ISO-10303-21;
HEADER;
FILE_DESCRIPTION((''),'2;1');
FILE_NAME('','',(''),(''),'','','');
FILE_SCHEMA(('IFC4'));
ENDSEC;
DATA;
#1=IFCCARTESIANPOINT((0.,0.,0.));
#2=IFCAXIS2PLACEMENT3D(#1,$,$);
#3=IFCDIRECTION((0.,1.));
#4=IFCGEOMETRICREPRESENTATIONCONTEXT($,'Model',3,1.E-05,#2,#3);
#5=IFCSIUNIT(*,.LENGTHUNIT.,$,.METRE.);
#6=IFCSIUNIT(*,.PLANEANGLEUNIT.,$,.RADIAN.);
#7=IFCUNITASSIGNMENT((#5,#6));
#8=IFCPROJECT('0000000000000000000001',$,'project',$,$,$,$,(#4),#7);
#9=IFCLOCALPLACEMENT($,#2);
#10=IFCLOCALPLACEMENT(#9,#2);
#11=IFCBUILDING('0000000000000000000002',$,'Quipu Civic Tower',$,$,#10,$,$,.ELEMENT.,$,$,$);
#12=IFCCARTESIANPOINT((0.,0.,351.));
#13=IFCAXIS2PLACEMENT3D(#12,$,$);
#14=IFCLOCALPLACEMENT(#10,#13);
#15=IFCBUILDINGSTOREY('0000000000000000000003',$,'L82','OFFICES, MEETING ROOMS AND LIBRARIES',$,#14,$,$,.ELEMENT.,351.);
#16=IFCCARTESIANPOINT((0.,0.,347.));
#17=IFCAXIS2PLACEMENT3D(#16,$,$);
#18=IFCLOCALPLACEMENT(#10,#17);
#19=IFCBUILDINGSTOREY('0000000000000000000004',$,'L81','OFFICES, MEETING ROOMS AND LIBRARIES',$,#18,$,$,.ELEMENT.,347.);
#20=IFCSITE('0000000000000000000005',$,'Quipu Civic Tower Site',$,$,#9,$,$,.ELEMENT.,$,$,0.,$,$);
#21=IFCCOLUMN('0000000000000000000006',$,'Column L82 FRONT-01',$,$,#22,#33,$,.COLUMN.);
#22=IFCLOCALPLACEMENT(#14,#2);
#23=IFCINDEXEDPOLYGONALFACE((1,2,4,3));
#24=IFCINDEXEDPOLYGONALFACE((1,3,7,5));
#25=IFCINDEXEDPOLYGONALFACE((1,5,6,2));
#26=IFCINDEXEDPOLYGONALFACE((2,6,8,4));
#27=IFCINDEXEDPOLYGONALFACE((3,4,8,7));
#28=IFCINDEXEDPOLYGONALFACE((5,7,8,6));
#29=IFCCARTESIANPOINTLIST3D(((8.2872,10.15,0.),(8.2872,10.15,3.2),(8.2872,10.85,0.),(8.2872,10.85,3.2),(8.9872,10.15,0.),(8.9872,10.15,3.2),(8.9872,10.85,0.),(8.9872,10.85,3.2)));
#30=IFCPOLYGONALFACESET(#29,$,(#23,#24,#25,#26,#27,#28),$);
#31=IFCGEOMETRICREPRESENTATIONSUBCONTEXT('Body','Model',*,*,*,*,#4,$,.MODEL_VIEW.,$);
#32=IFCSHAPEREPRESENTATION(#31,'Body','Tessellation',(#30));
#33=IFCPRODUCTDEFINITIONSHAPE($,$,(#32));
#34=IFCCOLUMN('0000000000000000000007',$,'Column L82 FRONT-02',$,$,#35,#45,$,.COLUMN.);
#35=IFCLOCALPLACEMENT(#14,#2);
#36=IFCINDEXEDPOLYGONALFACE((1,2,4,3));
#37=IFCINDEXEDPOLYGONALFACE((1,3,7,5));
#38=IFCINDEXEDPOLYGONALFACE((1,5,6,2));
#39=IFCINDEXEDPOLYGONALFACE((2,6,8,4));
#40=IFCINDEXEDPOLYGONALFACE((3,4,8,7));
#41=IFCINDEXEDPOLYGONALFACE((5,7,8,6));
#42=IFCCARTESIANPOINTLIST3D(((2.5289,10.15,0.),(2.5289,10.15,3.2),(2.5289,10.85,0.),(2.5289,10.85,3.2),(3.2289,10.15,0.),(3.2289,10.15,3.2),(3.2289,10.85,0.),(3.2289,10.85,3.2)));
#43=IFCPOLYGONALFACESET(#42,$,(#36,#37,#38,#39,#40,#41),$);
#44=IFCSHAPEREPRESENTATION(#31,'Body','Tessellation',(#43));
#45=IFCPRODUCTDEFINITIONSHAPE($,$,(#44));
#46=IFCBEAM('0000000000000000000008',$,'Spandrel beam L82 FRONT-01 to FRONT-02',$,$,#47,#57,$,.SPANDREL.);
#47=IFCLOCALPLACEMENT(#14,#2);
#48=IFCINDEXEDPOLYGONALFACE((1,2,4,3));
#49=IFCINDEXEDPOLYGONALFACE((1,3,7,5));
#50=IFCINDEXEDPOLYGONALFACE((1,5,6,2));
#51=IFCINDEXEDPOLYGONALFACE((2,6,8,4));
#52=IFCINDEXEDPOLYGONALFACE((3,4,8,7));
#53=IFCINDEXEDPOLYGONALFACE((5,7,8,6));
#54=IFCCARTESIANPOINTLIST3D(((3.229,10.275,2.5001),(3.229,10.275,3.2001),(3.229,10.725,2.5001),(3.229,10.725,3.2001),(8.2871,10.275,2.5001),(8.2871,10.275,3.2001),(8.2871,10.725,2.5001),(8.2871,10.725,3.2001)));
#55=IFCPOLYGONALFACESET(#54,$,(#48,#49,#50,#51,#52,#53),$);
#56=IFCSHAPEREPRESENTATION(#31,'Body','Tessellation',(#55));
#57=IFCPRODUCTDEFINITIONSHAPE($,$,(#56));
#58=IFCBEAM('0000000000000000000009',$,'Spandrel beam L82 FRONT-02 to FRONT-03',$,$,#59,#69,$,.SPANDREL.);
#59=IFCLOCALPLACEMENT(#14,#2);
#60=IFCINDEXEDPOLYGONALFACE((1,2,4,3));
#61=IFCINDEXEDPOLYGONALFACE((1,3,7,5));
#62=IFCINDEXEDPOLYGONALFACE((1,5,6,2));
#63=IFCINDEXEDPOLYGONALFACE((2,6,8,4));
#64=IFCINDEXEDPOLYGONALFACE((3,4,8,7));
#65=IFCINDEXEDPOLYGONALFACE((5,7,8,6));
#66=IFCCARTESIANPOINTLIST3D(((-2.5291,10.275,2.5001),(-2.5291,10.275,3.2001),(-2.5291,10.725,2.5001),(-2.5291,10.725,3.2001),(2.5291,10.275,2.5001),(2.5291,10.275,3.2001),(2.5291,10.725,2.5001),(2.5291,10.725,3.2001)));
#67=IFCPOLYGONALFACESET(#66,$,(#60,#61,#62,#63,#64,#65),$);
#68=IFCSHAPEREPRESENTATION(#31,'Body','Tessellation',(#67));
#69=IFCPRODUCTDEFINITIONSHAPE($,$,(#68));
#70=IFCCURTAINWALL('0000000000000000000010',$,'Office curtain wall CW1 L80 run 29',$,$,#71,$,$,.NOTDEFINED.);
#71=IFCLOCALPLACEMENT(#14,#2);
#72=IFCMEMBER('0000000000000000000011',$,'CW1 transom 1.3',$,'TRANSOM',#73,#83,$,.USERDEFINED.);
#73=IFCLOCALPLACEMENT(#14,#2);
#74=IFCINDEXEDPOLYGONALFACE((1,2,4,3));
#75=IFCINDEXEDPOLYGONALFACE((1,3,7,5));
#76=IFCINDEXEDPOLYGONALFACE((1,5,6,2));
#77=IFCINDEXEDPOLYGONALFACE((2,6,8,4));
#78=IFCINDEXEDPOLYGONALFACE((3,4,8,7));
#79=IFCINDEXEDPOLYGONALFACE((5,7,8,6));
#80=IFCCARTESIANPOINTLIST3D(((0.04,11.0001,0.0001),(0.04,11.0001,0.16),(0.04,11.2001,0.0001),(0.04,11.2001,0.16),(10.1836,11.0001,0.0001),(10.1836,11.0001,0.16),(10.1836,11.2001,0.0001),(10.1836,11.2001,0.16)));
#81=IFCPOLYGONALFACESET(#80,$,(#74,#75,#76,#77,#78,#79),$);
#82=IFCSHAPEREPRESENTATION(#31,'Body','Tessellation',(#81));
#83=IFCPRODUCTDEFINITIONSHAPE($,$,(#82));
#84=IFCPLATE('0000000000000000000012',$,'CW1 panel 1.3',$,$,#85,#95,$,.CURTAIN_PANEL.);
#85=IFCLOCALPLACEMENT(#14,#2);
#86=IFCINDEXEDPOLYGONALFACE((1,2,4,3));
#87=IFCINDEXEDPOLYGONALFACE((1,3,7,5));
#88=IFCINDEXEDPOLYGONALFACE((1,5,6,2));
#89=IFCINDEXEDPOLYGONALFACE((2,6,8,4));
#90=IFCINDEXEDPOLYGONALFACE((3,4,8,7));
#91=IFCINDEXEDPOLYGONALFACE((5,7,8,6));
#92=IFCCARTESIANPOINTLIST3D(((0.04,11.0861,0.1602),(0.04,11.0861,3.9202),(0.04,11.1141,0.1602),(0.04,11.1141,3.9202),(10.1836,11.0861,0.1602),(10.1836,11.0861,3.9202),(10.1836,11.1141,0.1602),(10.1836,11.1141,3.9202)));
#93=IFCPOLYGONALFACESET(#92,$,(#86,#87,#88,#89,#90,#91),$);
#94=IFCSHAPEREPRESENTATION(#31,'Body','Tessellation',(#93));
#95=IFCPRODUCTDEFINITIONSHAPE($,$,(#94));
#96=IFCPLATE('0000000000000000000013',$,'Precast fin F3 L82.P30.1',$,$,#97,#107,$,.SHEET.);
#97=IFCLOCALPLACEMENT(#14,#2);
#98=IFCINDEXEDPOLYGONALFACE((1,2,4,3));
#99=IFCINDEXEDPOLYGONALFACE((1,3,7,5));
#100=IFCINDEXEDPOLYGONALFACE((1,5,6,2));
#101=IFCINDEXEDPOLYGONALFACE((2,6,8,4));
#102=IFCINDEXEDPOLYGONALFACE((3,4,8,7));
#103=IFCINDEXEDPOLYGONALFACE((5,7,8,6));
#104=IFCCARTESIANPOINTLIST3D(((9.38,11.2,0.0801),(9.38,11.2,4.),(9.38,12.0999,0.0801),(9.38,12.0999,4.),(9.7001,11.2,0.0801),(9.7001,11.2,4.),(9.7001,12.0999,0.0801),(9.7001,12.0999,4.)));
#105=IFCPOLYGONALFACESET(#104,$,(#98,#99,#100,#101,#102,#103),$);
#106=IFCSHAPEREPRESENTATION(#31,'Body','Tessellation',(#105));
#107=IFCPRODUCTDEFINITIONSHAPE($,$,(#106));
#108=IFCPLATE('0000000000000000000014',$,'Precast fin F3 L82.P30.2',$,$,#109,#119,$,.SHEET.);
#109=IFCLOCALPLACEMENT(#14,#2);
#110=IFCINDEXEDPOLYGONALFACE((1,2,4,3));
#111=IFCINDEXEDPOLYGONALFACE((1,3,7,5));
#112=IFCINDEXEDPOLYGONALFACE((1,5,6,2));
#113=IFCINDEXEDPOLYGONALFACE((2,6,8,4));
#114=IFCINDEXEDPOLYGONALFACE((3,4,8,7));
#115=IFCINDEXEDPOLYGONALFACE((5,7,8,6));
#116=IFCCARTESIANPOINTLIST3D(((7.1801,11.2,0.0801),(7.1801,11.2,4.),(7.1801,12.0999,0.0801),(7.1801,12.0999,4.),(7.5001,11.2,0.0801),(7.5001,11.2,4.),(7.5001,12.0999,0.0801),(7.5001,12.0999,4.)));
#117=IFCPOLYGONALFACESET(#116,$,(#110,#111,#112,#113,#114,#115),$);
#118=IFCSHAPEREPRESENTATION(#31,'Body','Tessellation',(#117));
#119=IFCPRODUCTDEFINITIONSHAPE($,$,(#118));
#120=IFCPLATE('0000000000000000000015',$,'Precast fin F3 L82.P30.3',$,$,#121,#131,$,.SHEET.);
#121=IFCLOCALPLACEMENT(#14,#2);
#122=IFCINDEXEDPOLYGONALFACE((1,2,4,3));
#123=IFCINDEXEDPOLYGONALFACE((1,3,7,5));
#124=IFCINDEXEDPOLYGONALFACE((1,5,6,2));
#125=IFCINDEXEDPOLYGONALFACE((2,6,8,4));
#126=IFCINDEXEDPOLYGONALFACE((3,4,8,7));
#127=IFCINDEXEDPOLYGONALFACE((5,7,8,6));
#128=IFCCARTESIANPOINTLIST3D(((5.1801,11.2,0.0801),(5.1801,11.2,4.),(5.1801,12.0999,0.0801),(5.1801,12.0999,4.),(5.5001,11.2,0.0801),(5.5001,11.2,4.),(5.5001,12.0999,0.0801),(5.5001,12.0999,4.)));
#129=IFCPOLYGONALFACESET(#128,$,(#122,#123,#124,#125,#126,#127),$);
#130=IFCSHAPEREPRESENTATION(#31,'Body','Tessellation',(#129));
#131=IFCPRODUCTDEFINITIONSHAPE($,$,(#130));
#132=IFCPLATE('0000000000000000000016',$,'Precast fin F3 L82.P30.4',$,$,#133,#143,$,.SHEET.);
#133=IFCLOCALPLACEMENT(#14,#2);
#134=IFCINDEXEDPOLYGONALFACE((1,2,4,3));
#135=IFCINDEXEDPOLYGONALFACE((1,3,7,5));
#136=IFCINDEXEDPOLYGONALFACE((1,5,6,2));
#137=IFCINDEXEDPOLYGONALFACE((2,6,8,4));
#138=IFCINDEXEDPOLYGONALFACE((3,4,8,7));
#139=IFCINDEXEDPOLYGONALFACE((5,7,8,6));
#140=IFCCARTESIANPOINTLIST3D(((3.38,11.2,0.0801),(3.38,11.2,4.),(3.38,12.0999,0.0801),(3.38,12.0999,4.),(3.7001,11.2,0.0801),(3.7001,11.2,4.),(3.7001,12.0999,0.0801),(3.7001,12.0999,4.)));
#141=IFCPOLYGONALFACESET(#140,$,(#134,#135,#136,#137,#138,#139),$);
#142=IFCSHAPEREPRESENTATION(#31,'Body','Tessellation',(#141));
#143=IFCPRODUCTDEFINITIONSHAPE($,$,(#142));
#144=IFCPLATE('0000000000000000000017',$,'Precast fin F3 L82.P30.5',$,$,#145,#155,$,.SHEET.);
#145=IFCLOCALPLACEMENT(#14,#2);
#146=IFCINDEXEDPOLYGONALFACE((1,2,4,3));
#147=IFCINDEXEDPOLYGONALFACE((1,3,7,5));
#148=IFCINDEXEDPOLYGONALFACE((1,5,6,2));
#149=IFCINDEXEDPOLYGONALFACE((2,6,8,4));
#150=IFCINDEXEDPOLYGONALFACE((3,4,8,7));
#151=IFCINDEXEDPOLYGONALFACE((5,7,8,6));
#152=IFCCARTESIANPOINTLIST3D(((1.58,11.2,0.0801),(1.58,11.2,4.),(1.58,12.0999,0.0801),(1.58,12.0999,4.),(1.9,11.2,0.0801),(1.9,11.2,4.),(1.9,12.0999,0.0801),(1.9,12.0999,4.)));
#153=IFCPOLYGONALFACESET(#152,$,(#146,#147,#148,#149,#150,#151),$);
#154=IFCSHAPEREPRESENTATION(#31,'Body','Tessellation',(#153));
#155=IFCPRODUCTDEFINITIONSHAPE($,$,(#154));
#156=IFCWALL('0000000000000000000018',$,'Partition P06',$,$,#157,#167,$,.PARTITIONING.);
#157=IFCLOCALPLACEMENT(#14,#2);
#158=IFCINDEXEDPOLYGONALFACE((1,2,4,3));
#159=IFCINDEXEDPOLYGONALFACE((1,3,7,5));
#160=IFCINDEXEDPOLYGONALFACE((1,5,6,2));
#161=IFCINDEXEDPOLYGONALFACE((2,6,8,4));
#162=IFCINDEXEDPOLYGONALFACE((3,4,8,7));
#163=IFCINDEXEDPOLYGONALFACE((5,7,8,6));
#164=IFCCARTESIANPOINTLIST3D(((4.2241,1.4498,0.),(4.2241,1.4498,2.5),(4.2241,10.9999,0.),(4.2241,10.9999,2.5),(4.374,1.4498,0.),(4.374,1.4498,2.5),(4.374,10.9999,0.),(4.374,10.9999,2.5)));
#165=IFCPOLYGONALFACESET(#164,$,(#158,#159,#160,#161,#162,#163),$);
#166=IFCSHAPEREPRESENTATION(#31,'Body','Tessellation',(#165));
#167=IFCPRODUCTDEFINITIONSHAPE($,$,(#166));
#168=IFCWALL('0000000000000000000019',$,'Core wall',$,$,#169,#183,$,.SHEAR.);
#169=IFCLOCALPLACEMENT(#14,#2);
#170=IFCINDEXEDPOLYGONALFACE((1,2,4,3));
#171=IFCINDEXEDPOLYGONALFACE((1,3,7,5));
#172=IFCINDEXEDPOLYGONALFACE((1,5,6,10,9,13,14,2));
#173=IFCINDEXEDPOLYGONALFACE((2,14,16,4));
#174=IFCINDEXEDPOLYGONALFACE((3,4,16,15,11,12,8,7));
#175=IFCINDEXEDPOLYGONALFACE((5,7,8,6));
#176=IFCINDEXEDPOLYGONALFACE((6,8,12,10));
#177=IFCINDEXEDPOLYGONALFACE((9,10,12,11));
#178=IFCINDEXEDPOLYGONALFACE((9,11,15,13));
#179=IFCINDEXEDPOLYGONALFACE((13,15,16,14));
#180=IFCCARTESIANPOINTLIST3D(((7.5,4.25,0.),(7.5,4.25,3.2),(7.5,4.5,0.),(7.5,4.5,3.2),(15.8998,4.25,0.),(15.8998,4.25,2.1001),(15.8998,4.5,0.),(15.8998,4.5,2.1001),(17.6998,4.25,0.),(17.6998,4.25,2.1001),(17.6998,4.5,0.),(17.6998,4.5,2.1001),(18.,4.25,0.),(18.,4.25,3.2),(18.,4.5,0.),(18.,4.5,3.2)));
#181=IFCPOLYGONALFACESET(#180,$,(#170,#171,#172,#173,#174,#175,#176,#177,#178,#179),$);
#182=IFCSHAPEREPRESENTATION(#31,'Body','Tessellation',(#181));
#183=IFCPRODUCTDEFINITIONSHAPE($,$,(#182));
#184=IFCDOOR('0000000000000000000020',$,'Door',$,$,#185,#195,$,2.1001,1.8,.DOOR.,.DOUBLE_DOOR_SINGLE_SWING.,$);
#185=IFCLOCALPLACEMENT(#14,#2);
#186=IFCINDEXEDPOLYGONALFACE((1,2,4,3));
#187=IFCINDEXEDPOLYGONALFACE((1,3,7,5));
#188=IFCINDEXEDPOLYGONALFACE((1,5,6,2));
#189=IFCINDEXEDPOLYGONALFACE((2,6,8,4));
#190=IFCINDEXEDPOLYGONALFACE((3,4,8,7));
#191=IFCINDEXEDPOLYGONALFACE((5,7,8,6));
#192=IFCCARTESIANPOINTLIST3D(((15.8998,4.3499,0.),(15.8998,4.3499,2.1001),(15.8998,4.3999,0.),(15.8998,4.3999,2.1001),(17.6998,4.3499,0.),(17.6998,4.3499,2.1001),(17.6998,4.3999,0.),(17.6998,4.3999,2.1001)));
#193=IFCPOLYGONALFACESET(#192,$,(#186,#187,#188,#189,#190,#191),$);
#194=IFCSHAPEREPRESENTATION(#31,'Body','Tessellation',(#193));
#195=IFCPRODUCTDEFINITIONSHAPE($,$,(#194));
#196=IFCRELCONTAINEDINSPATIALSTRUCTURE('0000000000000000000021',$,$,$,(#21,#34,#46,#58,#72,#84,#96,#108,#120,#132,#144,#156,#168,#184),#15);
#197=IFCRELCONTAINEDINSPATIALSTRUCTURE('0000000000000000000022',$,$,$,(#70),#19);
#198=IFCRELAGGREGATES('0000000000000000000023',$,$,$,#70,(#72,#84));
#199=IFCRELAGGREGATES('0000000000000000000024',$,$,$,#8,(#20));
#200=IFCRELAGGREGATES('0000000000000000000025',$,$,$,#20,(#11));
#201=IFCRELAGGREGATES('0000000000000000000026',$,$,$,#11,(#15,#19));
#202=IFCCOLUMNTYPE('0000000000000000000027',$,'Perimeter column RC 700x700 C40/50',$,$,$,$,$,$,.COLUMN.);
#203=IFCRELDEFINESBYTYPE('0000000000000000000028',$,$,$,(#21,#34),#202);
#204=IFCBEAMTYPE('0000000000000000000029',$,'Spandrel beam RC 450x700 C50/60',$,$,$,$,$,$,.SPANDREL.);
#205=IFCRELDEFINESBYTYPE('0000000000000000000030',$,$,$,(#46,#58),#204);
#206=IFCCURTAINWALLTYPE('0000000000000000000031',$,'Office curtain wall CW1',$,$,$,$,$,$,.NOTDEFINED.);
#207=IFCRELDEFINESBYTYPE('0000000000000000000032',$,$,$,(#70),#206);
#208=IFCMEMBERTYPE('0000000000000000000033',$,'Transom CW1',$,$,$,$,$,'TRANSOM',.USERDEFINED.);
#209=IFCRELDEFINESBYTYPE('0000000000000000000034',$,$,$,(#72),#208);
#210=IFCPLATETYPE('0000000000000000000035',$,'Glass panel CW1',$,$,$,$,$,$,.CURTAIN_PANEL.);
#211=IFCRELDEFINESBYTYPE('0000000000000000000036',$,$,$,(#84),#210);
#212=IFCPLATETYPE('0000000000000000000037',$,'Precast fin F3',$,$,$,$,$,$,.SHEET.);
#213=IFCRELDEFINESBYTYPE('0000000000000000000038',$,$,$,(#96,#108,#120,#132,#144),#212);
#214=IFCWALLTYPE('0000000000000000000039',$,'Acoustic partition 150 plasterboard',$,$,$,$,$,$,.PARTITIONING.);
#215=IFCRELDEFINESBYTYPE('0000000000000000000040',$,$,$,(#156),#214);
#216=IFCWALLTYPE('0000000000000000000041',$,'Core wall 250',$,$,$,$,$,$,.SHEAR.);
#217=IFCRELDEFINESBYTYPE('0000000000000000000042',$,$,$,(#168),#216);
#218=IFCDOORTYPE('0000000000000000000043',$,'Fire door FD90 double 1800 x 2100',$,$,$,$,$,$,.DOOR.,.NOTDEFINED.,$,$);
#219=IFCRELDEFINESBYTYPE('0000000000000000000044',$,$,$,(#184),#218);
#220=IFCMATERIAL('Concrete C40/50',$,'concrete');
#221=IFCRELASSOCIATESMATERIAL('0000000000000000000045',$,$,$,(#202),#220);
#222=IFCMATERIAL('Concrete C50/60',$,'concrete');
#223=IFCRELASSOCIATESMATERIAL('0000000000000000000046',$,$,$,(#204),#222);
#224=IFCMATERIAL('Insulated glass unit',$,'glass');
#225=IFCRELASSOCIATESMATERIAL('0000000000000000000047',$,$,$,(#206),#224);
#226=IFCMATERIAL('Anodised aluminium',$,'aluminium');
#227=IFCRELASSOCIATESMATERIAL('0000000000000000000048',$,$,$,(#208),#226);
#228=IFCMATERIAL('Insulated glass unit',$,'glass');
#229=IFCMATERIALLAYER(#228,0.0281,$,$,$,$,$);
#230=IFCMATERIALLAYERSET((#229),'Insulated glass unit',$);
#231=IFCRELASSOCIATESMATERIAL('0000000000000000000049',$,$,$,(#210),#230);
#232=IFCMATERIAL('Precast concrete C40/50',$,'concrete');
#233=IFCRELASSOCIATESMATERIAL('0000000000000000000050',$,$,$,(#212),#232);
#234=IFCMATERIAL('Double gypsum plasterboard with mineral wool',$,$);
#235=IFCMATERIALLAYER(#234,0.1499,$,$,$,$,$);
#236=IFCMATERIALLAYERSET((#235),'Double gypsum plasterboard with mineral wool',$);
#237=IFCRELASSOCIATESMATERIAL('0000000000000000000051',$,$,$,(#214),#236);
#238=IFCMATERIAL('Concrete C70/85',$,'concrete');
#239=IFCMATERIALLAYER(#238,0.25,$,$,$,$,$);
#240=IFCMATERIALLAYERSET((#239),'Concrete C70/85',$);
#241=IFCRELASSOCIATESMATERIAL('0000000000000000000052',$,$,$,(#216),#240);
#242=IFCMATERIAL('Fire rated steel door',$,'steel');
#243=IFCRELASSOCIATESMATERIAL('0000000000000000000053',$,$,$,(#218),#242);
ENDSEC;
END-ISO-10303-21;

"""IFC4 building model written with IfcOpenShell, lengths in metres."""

from ifc_helpers import new_model, si_unit, direction, frame, frame_2d, origin, origin_2d, place, context, subcontext, project, spatial, rectangle, extrude, material, layer, layer_set, material_profile, profile_set, type_object, element, fill, aggregate, save


model = new_model("IFC4")

# Units and contexts
model_context = context("Model", 3, precision=1e-05, world=origin(), true_north=direction((0.0, 1.0)))
body_context = subcontext(model_context, "Body", "Model", "MODEL_VIEW")
ifc_project = project(units=[si_unit("LENGTHUNIT", "METRE"), si_unit("PLANEANGLEUNIT", "RADIAN")], contexts=[model_context])

# Site, building, storey
site_placement = place(None, origin())
site = spatial("IfcSite", under=ifc_project, at=site_placement, Name="Quipu Civic Tower Site", CompositionType="ELEMENT", RefElevation=0.0)
building_placement = place(site_placement, origin())
building = spatial("IfcBuilding", under=site, at=building_placement, Name="Quipu Civic Tower", CompositionType="ELEMENT")
storey_1_placement = place(building_placement, frame((0.0, 0.0, 351.0)))
storey_1 = spatial("IfcBuildingStorey", under=building, at=storey_1_placement, Name="L82", Description="OFFICES, MEETING ROOMS AND LIBRARIES", CompositionType="ELEMENT", Elevation=351.0)

# Columns
ifc_material_1 = material(Name="Concrete C40/50", Category="concrete")
ifc_material_profile_1 = material_profile(ifc_material_1, rectangle(XDim=0.7, YDim=0.7, at=origin_2d()), Name="RC700x700")
ifc_profile_set_1 = profile_set([ifc_material_profile_1], Name="Concrete C40/50")
column_type = type_object("IfcColumnType", Name="Perimeter column RC 700x700 C40/50", PredefinedType="COLUMN", material=ifc_profile_set_1)
for number, where, z_axis, x_axis, name in (
    (1, (8.6372, 10.5, 0.0), (0.0, 0.0, 1.0), (-1.0, 0.0, 0.0), "Column L82 FRONT-01"),
    (2, (2.8789, 10.5, 0.0), (0.0, 0.0, 1.0), (-1.0, 0.0, 0.0), "Column L82 FRONT-02"),
):
    element("IfcColumn", number, at=place(storey_1_placement, frame(where, z_axis=z_axis, x_axis=x_axis)), inside=storey_1, type_object=column_type, Name=name, PredefinedType="COLUMN", context=body_context, shape_type="SweptSolid", body=[
        extrude(rectangle(XDim=0.7, YDim=0.7, at=origin_2d()), origin(), (0.0, 0.0, 1.0), 3.2),
    ])

# Beams
ifc_material_2 = material(Name="Concrete C50/60", Category="concrete")
ifc_material_profile_2 = material_profile(ifc_material_2, rectangle(XDim=0.45, YDim=0.7, at=origin_2d()), Name="RC450x700")
ifc_profile_set_2 = profile_set([ifc_material_profile_2], Name="Concrete C50/60")
beam_type = type_object("IfcBeamType", Name="Spandrel beam RC 450x700 C50/60", PredefinedType="SPANDREL", material=ifc_profile_set_2)
for number, where, z_axis, x_axis, name in (
    (3, (8.2871, 10.5, 2.8501), (-1.0, 0.0, 0.0), (0.0, -1.0, 0.0), "Spandrel beam L82 FRONT-01 to FRONT-02"),
    (4, (2.5291, 10.5, 2.8501), (-1.0, 0.0, 0.0), (0.0, -1.0, 0.0), "Spandrel beam L82 FRONT-02 to FRONT-03"),
):
    element("IfcBeam", number, at=place(storey_1_placement, frame(where, z_axis=z_axis, x_axis=x_axis)), inside=storey_1, type_object=beam_type, Name=name, PredefinedType="SPANDREL", context=body_context, shape_type="SweptSolid", body=[
        extrude(rectangle(XDim=0.45, YDim=0.7, at=origin_2d()), origin(), (0.0, 0.0, 1.0), 5.0581),
    ])

# Shared definitions
storey_2_placement = place(building_placement, frame((0.0, 0.0, 347.0)))
storey_2 = spatial("IfcBuildingStorey", under=building, at=storey_2_placement, Name="L81", Description="OFFICES, MEETING ROOMS AND LIBRARIES", CompositionType="ELEMENT", Elevation=347.0)

# Curtain wall, member, plate
ifc_material_3 = material(Name="Insulated glass unit", Category="glass")
curtain_wall_type = type_object("IfcCurtainWallType", Name="Office curtain wall CW1", PredefinedType="NOTDEFINED", material=ifc_material_3)
curtain_wall_placement = place(storey_2_placement, origin())
curtain_wall = element("IfcCurtainWall", 5, at=curtain_wall_placement, inside=storey_2, type_object=curtain_wall_type, Name="Office curtain wall CW1 L80 run 29", PredefinedType="NOTDEFINED")
ifc_material_4 = material(Name="Anodised aluminium", Category="aluminium")
ifc_material_profile_3 = material_profile(ifc_material_4, rectangle(XDim=0.2, YDim=0.1599, at=origin_2d()), Name="RECT 200x160")
ifc_profile_set_3 = profile_set([ifc_material_profile_3], Name="Anodised aluminium")
member_type = type_object("IfcMemberType", Name="Transom CW1", ElementType="TRANSOM", PredefinedType="USERDEFINED", material=ifc_profile_set_3)
member_placement = place(storey_1_placement, frame((10.1836, 11.1001, 0.0801), z_axis=(-1.0, 0.0, 0.0), x_axis=(0.0, -1.0, 0.0)))
member = element("IfcMember", 6, at=member_placement, inside=storey_1, type_object=member_type, Name="CW1 transom 1.3", ObjectType="TRANSOM", PredefinedType="USERDEFINED", context=body_context, shape_type="SweptSolid", body=[
    extrude(rectangle(XDim=0.2, YDim=0.1599, at=origin_2d()), origin(), (0.0, 0.0, 1.0), 10.1436),
])
ifc_material_5 = material(Name="Insulated glass unit", Category="glass")
ifc_layer_1 = layer(ifc_material_5, 0.0281)
ifc_layer_set_1 = layer_set([ifc_layer_1], Name="Insulated glass unit")
plate_type_1 = type_object("IfcPlateType", Name="Glass panel CW1", PredefinedType="CURTAIN_PANEL", material=ifc_layer_set_1)
plate_placement = place(storey_1_placement, frame((5.1118, 11.1001, 0.1602), z_axis=(0.0, 0.0, 1.0), x_axis=(-1.0, 0.0, 0.0)))
plate = element("IfcPlate", 7, at=plate_placement, inside=storey_1, type_object=plate_type_1, Name="CW1 panel 1.3", PredefinedType="CURTAIN_PANEL", context=body_context, shape_type="SweptSolid", body=[
    extrude(rectangle(XDim=10.1436, YDim=0.0281, at=origin_2d()), origin(), (0.0, 0.0, 1.0), 3.76),
])
aggregate(curtain_wall, [member, plate])

# Plates
ifc_material_6 = material(Name="Precast concrete C40/50", Category="concrete")
plate_type_2 = type_object("IfcPlateType", Name="Precast fin F3", PredefinedType="SHEET", material=ifc_material_6)
for number, where, z_axis, x_axis, name in (
    (8, (9.54, 11.6499, 0.0801), (0.0, 0.0, 1.0), (-1.0, 0.0, 0.0), "Precast fin F3 L82.P30.1"),
    (9, (7.3401, 11.6499, 0.0801), (0.0, 0.0, 1.0), (-1.0, 0.0, 0.0), "Precast fin F3 L82.P30.2"),
    (10, (5.3401, 11.6499, 0.0801), (0.0, 0.0, 1.0), (-1.0, 0.0, 0.0), "Precast fin F3 L82.P30.3"),
    (11, (3.54, 11.6499, 0.0801), (0.0, 0.0, 1.0), (-1.0, 0.0, 0.0), "Precast fin F3 L82.P30.4"),
    (12, (1.74, 11.6499, 0.0801), (0.0, 0.0, 1.0), (-1.0, 0.0, 0.0), "Precast fin F3 L82.P30.5"),
):
    element("IfcPlate", number, at=place(storey_1_placement, frame(where, z_axis=z_axis, x_axis=x_axis)), inside=storey_1, type_object=plate_type_2, Name=name, PredefinedType="SHEET", context=body_context, shape_type="SweptSolid", body=[
        extrude(rectangle(XDim=0.3201, YDim=0.8999, at=origin_2d()), origin(), (0.0, 0.0, 1.0), 3.9199),
    ])

# Wall
ifc_material_7 = material(Name="Double gypsum plasterboard with mineral wool")
ifc_layer_2 = layer(ifc_material_7, 0.1499)
ifc_layer_set_2 = layer_set([ifc_layer_2], Name="Double gypsum plasterboard with mineral wool")
wall_type_1 = type_object("IfcWallType", Name="Acoustic partition 150 plasterboard", PredefinedType="PARTITIONING", material=ifc_layer_set_2)
wall_1_placement = place(storey_1_placement, frame((4.2991, 1.45, 0.0), z_axis=(0.0, 0.0, 1.0), x_axis=(0.0, 1.0, 0.0)))
element("IfcWall", 13, at=wall_1_placement, inside=storey_1, type_object=wall_type_1, Name="Partition P06", PredefinedType="PARTITIONING", context=body_context, shape_type="SweptSolid", body=[
    extrude(rectangle(XDim=9.55, YDim=0.1499, at=frame_2d((4.7749, 0.0))), origin(), (0.0, 0.0, 1.0), 2.5),
])

# Wall, opening, door
ifc_material_8 = material(Name="Concrete C70/85", Category="concrete")
ifc_layer_3 = layer(ifc_material_8, 0.25)
ifc_layer_set_3 = layer_set([ifc_layer_3], Name="Concrete C70/85")
wall_type_2 = type_object("IfcWallType", Name="Core wall 250", PredefinedType="SHEAR", material=ifc_layer_set_3)
wall_2_placement = place(storey_1_placement, frame((7.5, 4.375, 0.0), z_axis=(0.0, 0.0, 1.0), x_axis=(1.0, 0.0, 0.0)))
wall_2 = element("IfcWall", 14, at=wall_2_placement, inside=storey_1, type_object=wall_type_2, Name="Core wall", PredefinedType="SHEAR", context=body_context, shape_type="SweptSolid", body=[
    extrude(rectangle(XDim=10.5, YDim=0.25, at=frame_2d((5.25, 0.0))), origin(), (0.0, 0.0, 1.0), 3.2),
])
opening_1_placement = place(wall_2_placement, frame((8.3999, 0.0, 0.0)))
opening_1 = element("IfcOpeningElement", 15, at=opening_1_placement, cuts=wall_2, PredefinedType="OPENING", context=body_context, shape_type="SweptSolid", body=[
    extrude(rectangle(XDim=1.8, YDim=2.1001, at=frame_2d((0.8999, 1.05))), frame((0.0, 0.135, 0.0), z_axis=(0.0, -1.0, 0.0), x_axis=(1.0, 0.0, 0.0)), (0.0, 0.0, 1.0), 0.27),
])
ifc_material_9 = material(Name="Fire rated steel door", Category="steel")
door_type = type_object("IfcDoorType", Name="Fire door FD90 double 1800 x 2100", OperationType="NOTDEFINED", PredefinedType="DOOR", material=ifc_material_9)
door_placement = place(opening_1_placement, origin())
door = element("IfcDoor", 16, at=door_placement, inside=storey_1, type_object=door_type, Name="Door", OperationType="DOUBLE_DOOR_SINGLE_SWING", OverallHeight=2.1001, OverallWidth=1.8, PredefinedType="DOOR", context=body_context, shape_type="SweptSolid", body=[
    extrude(rectangle(XDim=1.8, YDim=2.1001, at=frame_2d((0.8999, 1.05))), frame((0.0, 0.0249, 0.0), z_axis=(0.0, -1.0, 0.0), x_axis=(1.0, 0.0, 0.0)), (0.0, 0.0, 1.0), 0.05),
])
fill(opening_1, door)

save(model, "model.ifc")
